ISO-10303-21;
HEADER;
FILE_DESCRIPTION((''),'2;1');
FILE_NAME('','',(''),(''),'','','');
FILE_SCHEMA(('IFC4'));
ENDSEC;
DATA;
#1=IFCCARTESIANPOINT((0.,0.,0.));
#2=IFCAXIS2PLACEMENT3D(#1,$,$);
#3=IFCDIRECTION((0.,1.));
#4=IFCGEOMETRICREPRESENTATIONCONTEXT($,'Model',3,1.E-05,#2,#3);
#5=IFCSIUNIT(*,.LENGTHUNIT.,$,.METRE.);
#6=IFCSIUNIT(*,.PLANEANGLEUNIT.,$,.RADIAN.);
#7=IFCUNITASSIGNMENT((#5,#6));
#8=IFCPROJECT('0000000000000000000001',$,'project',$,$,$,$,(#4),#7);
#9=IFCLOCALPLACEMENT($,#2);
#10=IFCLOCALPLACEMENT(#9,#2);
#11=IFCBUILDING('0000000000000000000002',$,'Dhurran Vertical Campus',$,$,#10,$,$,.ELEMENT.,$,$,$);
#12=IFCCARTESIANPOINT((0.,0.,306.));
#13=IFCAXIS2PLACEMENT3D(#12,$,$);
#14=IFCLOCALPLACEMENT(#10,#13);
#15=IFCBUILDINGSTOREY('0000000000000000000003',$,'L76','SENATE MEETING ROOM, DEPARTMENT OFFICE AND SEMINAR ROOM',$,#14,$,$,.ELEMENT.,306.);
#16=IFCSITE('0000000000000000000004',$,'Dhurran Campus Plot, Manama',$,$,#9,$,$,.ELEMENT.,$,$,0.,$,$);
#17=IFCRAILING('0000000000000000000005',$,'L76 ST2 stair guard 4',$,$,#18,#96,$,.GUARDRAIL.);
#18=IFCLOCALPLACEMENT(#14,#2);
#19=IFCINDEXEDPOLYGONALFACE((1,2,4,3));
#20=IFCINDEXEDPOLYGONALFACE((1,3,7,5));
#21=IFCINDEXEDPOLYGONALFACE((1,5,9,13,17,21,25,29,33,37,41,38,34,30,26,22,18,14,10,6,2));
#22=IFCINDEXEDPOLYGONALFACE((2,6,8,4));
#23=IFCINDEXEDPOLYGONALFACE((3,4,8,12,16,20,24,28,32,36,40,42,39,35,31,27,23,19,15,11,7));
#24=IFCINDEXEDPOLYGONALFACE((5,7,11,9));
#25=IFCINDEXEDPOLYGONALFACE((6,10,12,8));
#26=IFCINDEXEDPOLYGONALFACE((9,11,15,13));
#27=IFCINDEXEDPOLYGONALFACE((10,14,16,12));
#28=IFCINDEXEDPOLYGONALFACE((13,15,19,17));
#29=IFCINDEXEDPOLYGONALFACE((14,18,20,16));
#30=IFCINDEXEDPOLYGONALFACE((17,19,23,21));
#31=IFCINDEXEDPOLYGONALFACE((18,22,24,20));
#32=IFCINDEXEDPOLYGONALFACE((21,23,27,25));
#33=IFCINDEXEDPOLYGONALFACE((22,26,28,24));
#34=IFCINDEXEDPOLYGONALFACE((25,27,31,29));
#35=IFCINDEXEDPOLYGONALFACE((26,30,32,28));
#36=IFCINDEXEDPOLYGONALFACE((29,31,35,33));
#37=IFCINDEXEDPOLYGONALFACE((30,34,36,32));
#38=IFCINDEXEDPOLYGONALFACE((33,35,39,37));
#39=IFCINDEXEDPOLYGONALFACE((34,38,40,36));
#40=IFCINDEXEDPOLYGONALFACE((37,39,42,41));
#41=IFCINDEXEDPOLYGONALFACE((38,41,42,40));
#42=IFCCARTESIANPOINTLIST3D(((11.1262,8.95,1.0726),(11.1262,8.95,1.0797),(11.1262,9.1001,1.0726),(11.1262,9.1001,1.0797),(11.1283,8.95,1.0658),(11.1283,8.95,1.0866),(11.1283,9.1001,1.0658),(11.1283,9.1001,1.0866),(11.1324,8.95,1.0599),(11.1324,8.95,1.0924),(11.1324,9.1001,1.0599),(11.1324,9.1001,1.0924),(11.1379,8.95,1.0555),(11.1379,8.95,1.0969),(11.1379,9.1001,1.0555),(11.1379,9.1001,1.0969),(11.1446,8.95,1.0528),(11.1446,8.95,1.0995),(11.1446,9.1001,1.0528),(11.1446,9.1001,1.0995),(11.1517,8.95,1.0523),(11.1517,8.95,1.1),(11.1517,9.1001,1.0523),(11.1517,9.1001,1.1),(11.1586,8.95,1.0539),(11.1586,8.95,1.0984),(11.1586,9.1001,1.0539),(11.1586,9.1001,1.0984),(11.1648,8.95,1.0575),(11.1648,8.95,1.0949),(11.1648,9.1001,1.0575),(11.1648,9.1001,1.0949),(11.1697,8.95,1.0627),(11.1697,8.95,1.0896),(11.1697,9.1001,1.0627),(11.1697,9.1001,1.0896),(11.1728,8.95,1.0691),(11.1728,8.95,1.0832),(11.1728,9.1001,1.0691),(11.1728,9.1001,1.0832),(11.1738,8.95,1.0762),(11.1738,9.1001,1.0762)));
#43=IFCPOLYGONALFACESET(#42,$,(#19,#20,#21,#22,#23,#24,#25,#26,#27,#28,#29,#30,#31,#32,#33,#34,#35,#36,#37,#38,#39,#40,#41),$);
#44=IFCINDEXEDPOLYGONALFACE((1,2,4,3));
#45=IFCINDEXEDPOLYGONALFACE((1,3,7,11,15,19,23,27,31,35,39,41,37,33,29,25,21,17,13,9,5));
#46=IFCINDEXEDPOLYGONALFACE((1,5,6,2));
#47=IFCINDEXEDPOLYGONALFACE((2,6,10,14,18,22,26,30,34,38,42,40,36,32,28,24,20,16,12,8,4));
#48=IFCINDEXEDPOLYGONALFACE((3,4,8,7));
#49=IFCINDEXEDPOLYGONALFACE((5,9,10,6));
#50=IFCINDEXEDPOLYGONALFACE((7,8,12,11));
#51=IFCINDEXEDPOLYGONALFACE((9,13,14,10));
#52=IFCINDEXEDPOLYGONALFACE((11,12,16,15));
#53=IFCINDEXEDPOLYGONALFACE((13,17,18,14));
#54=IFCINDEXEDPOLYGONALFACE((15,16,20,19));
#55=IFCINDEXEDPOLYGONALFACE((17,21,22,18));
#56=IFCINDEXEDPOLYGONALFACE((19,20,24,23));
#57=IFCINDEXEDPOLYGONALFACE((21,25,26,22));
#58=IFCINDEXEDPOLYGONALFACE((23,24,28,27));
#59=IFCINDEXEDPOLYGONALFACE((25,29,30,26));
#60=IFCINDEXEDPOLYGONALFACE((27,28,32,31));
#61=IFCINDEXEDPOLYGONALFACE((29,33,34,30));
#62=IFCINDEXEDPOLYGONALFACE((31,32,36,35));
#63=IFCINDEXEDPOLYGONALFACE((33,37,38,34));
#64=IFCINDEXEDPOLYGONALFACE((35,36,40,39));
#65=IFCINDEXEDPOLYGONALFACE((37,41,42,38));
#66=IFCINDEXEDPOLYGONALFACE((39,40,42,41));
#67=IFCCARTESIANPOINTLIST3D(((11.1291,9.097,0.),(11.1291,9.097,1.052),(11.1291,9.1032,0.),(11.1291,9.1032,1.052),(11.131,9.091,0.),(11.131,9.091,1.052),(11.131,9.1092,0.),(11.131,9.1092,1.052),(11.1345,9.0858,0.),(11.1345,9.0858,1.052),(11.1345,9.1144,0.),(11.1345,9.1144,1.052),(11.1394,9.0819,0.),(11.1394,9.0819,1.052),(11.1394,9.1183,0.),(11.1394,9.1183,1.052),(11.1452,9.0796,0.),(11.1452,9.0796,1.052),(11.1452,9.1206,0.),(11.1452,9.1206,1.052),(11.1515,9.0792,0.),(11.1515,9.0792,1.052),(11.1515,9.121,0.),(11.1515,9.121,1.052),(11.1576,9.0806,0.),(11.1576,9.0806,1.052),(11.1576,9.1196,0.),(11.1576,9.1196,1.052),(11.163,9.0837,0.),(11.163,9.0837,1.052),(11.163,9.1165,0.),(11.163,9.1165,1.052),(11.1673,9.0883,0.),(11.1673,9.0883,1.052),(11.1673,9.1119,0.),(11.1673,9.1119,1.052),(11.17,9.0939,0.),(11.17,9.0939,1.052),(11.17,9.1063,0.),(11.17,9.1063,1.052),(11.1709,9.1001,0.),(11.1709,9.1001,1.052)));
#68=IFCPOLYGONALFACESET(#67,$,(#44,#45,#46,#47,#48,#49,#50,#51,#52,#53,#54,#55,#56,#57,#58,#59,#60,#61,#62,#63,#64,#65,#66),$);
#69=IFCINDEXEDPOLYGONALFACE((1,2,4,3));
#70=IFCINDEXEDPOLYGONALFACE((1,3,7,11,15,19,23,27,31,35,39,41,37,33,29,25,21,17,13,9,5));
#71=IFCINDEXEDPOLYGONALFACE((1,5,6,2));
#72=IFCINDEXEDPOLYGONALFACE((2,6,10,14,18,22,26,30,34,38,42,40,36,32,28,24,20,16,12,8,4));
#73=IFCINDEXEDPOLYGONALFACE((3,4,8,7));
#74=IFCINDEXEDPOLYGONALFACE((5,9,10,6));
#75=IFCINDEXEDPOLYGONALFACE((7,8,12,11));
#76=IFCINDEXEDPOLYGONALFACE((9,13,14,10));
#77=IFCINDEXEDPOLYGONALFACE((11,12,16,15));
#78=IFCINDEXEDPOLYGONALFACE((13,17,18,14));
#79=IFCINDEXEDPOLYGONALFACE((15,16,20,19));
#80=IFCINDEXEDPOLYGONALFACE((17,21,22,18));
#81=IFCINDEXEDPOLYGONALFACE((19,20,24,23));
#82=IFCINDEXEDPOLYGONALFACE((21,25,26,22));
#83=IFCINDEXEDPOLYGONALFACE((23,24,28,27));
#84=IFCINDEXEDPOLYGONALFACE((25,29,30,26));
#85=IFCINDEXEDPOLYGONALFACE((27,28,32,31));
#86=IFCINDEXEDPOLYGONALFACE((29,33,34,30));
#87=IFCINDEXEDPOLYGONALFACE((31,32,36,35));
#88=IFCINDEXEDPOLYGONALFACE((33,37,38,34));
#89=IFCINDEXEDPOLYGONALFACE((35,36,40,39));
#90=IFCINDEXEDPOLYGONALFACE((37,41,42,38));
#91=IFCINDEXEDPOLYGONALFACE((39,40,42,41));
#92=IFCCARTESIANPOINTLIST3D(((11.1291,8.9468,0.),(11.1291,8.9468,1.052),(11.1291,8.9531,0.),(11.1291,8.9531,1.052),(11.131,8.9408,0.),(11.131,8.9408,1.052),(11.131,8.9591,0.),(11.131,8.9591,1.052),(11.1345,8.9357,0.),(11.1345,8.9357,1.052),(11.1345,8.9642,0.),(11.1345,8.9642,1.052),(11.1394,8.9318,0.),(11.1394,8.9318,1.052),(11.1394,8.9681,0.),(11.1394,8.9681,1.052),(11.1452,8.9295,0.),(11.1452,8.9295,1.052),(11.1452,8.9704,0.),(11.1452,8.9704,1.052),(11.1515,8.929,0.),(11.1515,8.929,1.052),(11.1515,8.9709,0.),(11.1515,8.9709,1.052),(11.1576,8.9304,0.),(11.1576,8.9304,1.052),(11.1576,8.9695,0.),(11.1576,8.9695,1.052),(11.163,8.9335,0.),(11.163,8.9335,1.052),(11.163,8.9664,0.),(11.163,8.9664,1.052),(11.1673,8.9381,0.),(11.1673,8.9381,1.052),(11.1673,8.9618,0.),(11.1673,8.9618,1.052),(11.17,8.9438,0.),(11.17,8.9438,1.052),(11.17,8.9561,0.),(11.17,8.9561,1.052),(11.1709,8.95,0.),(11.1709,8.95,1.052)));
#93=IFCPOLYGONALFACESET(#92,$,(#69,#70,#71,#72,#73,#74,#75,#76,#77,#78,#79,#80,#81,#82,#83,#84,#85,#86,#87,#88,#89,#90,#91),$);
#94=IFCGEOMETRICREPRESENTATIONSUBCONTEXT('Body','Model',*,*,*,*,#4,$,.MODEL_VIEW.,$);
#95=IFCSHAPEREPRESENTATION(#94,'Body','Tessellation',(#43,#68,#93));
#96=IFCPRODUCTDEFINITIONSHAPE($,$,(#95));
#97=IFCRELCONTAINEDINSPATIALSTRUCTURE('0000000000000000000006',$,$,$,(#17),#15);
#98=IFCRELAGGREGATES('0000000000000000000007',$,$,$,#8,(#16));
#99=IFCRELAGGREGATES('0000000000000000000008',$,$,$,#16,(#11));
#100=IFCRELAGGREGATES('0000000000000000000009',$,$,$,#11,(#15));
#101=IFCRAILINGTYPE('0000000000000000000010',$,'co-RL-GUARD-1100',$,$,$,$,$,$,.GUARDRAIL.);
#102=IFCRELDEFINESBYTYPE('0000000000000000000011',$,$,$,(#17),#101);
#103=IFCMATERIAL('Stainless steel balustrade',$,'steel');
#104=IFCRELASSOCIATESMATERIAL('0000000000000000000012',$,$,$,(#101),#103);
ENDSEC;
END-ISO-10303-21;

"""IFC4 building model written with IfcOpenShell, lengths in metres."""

from ifc_helpers import new_model, si_unit, direction, frame, origin, origin_2d, place, context, subcontext, project, spatial, circle, extrude, material, type_object, element, save


model = new_model("IFC4")

# Units and contexts
model_context = context("Model", 3, precision=1e-05, world=origin(), true_north=direction((0.0, 1.0)))
body_context = subcontext(model_context, "Body", "Model", "MODEL_VIEW")
ifc_project = project(units=[si_unit("LENGTHUNIT", "METRE"), si_unit("PLANEANGLEUNIT", "RADIAN")], contexts=[model_context])

# Site, building, storey
site_placement = place(None, origin())
site = spatial("IfcSite", under=ifc_project, at=site_placement, Name="Dhurran Campus Plot, Manama", CompositionType="ELEMENT", RefElevation=0.0)
building_placement = place(site_placement, origin())
building = spatial("IfcBuilding", under=site, at=building_placement, Name="Dhurran Vertical Campus", CompositionType="ELEMENT")
storey_placement = place(building_placement, frame((0.0, 0.0, 306.0)))
storey = spatial("IfcBuildingStorey", under=building, at=storey_placement, Name="L76", Description="SENATE MEETING ROOM, DEPARTMENT OFFICE AND SEMINAR ROOM", CompositionType="ELEMENT", Elevation=306.0)

# Railing
ifc_material_1 = material(Name="Stainless steel balustrade", Category="steel")
railing_type_1 = type_object("IfcRailingType", Name="co-RL-GUARD-1100", PredefinedType="GUARDRAIL", material=ifc_material_1)
railing_1_placement = place(storey_placement, frame((11.1499, 9.1001, 0.0)))
element("IfcRailing", 1, at=railing_1_placement, inside=storey, type_object=railing_type_1, Name="L76 ST2 stair guard 4", PredefinedType="GUARDRAIL", context=body_context, shape_type="SweptSolid", body=[
    extrude(circle(Radius=0.0239, at=origin_2d()), frame((0.0, 0.0, 1.0762), z_axis=(0.0, -1.0, 0.0), x_axis=(1.0, 0.0, 0.0)), (0.0, 0.0, 1.0), 0.1501),
    extrude(circle(Radius=0.021, at=origin_2d()), origin(), (0.0, 0.0, 1.0), 1.052),
    extrude(circle(Radius=0.021, at=origin_2d()), frame((0.0, -0.1501, 0.0)), (0.0, 0.0, 1.0), 1.052),
])

save(model, "model.ifc")
